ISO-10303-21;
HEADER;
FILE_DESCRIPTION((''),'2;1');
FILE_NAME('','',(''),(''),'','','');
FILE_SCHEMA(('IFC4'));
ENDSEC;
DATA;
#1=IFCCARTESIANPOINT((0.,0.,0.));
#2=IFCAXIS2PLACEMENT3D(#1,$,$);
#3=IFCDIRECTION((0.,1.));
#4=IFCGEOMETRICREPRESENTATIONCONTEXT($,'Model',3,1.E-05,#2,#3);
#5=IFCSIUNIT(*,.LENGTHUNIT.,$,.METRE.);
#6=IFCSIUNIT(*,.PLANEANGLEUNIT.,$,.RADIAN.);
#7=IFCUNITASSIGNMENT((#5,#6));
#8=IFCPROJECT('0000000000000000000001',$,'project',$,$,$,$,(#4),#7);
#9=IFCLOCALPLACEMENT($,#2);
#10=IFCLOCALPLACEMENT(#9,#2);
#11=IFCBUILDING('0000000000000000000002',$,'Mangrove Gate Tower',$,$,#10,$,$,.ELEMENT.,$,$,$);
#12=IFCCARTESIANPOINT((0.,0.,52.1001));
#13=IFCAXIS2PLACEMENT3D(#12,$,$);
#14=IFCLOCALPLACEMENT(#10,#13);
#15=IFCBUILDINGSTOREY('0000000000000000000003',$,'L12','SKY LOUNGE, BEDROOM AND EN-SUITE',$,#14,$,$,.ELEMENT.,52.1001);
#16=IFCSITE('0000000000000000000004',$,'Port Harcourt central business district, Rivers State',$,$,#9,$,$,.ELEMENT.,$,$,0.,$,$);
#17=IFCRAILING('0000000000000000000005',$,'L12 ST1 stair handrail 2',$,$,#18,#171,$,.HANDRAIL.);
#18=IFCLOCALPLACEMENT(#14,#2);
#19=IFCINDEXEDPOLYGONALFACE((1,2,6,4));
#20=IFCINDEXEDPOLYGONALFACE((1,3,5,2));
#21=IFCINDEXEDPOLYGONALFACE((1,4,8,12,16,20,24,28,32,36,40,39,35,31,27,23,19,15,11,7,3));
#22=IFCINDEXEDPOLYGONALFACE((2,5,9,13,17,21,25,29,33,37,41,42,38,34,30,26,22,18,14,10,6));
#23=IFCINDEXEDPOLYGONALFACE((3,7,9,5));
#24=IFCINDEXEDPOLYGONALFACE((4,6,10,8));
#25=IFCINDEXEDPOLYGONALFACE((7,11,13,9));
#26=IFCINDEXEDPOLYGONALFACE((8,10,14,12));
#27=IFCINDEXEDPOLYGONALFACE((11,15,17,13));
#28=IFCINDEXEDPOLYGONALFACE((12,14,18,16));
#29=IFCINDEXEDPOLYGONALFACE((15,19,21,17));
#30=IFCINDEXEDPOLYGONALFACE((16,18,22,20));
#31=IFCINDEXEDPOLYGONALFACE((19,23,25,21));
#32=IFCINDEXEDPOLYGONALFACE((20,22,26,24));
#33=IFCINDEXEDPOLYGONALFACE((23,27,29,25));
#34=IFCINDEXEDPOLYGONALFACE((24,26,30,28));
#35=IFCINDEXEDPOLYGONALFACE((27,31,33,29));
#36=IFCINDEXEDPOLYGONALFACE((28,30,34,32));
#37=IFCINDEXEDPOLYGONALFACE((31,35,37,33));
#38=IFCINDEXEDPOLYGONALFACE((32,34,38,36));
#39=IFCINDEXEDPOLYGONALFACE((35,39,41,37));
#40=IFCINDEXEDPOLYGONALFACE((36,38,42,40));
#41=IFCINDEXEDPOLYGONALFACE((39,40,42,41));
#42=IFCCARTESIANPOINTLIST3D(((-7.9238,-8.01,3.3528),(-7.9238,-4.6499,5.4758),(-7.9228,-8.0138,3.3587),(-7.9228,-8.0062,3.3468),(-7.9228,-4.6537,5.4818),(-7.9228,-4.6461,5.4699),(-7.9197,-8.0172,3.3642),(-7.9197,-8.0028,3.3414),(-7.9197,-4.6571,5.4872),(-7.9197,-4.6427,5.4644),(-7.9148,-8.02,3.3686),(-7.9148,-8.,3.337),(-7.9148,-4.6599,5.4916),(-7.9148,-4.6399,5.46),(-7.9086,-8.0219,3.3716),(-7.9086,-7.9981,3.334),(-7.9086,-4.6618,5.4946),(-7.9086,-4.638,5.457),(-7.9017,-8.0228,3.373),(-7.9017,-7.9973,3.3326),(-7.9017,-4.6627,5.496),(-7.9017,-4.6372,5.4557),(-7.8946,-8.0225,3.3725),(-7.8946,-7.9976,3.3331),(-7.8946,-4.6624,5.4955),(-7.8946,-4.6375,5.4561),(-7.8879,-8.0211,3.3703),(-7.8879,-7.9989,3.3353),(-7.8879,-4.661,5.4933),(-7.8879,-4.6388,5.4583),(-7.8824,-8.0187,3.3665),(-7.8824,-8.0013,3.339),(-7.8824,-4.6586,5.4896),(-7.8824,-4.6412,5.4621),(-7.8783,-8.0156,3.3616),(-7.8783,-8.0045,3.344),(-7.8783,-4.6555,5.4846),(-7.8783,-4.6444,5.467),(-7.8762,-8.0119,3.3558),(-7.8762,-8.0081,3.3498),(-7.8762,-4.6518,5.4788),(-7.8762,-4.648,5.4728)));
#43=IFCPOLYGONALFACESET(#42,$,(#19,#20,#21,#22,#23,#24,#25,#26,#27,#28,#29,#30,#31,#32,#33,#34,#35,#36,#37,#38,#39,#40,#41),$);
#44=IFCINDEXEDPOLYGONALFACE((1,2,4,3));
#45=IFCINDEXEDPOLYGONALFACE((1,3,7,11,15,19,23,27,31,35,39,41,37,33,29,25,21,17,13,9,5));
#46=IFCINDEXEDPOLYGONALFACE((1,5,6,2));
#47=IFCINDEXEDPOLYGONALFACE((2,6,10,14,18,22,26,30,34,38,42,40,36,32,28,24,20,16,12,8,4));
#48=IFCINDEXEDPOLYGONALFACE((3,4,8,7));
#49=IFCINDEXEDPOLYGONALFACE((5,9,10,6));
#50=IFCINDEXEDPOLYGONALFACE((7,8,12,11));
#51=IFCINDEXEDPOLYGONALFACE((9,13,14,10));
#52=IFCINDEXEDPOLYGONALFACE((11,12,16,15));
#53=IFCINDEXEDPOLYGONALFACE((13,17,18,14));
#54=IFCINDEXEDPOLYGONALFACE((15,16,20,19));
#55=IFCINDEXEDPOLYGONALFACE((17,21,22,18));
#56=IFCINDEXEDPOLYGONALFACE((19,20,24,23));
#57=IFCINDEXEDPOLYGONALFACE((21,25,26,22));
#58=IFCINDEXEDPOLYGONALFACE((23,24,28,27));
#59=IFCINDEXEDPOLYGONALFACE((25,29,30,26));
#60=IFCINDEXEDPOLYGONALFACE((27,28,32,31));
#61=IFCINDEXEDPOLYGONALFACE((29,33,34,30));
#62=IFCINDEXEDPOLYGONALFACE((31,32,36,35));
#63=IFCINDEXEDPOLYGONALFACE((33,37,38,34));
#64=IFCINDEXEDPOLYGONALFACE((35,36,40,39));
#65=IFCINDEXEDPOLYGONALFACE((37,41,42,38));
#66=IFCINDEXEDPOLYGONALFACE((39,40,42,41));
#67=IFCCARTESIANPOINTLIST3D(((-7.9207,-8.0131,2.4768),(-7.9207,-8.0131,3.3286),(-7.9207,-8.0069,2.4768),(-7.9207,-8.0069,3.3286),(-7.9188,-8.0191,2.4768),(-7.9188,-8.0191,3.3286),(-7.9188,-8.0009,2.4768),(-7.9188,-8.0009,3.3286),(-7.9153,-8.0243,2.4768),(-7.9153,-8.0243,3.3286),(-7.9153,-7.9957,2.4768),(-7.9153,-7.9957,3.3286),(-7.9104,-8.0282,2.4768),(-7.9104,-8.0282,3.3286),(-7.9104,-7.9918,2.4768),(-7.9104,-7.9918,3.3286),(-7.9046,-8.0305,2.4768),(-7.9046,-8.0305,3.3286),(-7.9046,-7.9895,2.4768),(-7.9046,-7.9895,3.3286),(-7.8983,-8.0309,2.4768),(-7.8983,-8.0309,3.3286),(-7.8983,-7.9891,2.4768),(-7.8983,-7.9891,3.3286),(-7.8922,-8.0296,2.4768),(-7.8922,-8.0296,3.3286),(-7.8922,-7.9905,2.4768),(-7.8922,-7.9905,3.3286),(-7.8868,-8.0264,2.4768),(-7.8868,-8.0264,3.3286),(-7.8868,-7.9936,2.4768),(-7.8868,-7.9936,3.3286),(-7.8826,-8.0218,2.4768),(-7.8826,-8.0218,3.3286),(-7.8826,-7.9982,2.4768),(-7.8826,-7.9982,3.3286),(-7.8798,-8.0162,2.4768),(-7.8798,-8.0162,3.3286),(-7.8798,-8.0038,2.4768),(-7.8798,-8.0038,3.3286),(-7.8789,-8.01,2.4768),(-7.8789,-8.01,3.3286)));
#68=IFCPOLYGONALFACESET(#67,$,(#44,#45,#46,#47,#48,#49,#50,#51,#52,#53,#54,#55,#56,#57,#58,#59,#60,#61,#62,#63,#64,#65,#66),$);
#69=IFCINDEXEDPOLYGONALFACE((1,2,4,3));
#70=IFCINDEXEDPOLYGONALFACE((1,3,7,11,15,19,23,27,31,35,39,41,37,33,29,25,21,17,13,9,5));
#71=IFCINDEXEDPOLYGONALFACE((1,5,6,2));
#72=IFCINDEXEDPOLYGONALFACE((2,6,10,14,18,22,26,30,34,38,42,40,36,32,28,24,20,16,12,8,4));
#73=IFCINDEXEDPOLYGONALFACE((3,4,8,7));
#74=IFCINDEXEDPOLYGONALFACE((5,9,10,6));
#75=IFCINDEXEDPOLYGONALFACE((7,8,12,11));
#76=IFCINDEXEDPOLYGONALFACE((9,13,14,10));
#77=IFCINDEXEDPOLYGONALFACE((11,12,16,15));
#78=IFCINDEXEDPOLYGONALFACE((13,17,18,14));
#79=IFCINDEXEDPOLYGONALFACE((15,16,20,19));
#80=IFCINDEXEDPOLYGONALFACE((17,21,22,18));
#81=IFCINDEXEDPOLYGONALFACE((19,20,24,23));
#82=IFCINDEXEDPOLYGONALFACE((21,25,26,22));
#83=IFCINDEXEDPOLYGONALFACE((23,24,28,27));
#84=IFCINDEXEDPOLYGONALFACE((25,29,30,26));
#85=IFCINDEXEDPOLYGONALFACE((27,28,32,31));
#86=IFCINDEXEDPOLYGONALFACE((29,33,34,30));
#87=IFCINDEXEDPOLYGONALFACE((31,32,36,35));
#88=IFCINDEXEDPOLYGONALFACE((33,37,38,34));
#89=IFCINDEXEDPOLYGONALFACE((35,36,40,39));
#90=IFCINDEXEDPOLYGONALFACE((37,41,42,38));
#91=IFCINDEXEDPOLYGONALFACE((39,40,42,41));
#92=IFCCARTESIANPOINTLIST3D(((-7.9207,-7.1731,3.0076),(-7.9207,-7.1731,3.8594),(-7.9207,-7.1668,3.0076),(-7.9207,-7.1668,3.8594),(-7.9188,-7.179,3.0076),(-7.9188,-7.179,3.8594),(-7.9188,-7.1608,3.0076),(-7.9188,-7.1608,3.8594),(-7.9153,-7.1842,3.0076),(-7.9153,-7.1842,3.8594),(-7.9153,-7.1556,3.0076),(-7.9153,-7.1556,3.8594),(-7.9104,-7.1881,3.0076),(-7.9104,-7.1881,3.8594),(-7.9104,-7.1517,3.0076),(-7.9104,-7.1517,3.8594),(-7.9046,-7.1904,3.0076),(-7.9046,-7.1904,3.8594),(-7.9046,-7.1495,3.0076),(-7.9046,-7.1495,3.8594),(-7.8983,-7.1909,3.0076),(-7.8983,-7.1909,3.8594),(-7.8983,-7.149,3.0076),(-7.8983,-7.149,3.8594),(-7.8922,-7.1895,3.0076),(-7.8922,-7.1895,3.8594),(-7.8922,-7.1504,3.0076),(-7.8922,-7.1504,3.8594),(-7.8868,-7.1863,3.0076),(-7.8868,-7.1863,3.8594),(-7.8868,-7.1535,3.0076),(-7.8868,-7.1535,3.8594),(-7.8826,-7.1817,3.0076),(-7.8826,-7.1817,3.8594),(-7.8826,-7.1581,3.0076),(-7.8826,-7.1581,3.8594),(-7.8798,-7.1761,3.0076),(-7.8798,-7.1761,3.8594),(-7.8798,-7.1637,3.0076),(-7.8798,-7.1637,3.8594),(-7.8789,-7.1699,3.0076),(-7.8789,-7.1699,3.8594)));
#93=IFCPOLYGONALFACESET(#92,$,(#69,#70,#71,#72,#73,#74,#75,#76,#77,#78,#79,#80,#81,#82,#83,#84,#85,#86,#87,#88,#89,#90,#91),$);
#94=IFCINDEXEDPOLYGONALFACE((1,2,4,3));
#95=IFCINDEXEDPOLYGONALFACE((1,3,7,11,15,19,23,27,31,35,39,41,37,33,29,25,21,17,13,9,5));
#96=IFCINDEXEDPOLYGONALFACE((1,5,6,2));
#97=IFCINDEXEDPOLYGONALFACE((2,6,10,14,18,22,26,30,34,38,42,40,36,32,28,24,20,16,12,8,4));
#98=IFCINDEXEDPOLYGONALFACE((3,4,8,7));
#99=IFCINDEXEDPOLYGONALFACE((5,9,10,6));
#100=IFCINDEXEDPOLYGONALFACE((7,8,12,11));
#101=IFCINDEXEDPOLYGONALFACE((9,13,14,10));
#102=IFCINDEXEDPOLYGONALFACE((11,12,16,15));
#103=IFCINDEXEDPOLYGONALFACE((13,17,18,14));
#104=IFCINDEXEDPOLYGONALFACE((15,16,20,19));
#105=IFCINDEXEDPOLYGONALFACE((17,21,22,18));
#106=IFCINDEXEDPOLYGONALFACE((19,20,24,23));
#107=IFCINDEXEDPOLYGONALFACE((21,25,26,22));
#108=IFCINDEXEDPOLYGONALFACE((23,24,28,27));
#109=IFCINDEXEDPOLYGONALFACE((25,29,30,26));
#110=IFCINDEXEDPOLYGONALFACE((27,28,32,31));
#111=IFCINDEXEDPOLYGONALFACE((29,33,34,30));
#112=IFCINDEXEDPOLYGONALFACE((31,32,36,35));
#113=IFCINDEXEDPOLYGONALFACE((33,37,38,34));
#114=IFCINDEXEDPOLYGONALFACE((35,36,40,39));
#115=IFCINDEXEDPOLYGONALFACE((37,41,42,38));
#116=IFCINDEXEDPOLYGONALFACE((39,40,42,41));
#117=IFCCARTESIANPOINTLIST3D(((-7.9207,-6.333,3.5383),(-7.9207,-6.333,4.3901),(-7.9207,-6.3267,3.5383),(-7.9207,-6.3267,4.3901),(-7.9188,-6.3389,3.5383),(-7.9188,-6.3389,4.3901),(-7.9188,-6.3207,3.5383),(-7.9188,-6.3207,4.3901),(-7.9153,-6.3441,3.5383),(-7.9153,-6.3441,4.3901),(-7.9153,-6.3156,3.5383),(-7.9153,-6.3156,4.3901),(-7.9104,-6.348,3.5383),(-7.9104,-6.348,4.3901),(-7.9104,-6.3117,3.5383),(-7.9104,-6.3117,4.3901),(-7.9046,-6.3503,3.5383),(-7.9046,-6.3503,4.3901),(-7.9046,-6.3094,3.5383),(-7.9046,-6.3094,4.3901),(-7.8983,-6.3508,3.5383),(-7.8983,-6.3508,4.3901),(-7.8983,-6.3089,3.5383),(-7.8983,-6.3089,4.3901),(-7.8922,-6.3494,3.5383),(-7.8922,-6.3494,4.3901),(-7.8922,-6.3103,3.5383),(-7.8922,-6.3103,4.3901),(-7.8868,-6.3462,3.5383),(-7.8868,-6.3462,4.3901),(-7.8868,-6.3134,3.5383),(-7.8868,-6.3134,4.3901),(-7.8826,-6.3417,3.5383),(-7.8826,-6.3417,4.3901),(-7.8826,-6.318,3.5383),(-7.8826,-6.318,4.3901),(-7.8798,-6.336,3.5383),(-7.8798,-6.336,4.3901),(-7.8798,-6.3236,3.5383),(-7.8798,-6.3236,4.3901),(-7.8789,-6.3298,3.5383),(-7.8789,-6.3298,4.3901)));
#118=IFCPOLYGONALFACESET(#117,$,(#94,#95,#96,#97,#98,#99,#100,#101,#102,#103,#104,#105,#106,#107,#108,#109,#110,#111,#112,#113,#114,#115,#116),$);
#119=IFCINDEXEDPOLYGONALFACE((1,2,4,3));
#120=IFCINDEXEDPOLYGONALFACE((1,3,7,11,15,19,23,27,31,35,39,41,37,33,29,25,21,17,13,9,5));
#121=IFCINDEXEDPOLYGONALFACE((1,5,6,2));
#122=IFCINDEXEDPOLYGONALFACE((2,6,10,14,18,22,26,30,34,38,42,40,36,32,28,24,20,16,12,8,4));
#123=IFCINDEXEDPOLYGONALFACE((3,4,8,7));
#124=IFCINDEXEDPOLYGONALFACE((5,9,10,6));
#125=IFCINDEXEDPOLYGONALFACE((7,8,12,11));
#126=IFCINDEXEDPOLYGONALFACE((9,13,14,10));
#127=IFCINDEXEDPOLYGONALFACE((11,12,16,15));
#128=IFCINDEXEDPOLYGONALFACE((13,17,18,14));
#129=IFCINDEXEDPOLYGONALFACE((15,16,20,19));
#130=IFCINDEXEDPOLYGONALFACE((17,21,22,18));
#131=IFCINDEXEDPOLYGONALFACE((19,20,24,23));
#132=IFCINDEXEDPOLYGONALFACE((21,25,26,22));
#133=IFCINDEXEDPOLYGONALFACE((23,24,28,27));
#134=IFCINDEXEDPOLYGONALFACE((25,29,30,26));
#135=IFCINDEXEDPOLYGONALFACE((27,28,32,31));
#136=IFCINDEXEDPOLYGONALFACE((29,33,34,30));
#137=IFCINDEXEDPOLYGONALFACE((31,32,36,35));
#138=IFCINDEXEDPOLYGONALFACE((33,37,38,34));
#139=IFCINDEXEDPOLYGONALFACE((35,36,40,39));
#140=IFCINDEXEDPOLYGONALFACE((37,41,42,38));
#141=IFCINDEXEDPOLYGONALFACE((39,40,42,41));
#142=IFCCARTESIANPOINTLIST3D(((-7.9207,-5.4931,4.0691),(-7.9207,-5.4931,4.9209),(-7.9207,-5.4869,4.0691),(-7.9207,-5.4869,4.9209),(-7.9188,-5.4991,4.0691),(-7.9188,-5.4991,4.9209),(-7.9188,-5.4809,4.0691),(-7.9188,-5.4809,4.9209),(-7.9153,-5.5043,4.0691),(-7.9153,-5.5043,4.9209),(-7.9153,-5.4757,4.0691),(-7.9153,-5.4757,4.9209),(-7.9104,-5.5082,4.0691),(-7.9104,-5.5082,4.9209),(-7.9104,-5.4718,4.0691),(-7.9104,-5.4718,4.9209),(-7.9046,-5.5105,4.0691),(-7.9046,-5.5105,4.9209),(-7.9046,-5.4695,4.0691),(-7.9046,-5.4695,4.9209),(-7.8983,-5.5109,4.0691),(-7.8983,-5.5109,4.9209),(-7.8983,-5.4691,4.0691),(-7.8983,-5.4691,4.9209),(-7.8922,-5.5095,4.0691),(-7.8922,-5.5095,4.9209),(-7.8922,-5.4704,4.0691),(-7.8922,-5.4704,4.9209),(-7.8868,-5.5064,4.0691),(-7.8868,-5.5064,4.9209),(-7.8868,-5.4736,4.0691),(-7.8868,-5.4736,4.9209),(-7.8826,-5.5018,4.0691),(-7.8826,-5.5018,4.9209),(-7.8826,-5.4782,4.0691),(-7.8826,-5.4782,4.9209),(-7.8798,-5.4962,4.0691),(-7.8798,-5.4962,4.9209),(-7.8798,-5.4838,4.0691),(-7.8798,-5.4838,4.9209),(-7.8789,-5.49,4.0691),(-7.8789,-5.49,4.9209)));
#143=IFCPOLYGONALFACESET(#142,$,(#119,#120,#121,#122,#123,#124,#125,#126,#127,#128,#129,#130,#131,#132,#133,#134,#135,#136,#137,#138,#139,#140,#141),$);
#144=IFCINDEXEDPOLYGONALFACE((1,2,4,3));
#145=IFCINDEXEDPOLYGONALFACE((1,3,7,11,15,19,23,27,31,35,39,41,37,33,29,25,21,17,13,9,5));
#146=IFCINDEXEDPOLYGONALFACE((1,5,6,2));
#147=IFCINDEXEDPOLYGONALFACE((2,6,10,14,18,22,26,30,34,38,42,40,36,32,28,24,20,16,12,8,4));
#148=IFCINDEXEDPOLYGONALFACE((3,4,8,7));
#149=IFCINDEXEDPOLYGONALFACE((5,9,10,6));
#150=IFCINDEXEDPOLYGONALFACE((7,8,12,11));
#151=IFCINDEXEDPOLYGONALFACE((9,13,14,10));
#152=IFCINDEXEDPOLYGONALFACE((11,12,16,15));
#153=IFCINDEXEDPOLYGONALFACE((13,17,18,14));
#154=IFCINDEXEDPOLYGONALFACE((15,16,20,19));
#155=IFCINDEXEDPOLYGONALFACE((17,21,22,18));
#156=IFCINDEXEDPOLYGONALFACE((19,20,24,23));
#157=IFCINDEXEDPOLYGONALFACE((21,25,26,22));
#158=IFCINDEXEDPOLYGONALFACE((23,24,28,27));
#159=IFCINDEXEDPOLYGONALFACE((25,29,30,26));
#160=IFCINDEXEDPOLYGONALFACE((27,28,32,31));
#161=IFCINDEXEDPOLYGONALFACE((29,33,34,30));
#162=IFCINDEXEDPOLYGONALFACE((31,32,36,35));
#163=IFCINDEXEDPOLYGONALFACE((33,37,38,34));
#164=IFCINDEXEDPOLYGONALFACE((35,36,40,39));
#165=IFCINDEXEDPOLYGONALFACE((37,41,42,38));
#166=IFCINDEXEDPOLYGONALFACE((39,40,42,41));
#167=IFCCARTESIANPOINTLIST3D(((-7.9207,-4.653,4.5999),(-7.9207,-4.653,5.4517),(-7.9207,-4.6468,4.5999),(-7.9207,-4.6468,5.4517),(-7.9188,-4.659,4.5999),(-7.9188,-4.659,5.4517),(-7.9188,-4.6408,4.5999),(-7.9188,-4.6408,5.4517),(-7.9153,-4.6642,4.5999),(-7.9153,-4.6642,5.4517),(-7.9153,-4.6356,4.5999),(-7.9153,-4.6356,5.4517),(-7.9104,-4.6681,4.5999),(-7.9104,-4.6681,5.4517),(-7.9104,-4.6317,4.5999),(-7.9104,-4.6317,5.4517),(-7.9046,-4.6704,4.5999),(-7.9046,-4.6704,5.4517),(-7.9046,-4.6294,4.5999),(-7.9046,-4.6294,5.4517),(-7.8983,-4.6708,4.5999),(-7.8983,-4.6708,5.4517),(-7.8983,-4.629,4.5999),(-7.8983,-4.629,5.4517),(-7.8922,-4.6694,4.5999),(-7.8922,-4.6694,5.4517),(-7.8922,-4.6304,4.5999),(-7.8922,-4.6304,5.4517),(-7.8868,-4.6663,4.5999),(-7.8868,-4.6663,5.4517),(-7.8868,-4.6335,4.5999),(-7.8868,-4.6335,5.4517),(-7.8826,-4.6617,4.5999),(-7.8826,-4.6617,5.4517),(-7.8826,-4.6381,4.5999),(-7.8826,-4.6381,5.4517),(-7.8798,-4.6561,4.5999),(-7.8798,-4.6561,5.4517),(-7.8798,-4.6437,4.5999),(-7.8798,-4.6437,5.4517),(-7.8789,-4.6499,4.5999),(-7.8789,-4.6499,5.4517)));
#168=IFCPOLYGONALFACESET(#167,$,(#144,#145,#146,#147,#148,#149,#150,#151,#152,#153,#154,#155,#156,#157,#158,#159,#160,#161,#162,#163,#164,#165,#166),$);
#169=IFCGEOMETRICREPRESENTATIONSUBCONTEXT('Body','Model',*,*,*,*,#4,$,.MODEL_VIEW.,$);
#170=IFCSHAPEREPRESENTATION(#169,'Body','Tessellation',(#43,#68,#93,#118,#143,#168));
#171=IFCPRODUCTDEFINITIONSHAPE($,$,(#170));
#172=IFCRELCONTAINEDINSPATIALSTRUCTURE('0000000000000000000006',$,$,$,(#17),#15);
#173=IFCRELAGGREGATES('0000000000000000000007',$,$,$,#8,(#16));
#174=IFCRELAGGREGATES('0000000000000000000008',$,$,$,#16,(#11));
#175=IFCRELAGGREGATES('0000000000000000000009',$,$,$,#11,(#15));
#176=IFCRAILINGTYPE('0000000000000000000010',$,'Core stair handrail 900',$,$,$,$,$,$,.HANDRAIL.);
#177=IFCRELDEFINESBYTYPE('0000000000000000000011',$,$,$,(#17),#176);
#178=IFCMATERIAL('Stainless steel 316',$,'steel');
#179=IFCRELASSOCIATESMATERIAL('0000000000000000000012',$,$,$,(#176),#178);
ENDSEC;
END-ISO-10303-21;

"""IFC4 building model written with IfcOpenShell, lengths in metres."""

from ifc_helpers import new_model, si_unit, direction, frame, origin, origin_2d, place, context, subcontext, project, spatial, circle, extrude, material, type_object, element, save


model = new_model("IFC4")

# Units and contexts
model_context = context("Model", 3, precision=1e-05, world=origin(), true_north=direction((0.0, 1.0)))
body_context = subcontext(model_context, "Body", "Model", "MODEL_VIEW")
ifc_project = project(units=[si_unit("LENGTHUNIT", "METRE"), si_unit("PLANEANGLEUNIT", "RADIAN")], contexts=[model_context])

# Site, building, storey
site_placement = place(None, origin())
site = spatial("IfcSite", under=ifc_project, at=site_placement, Name="Port Harcourt central business district, Rivers State", CompositionType="ELEMENT", RefElevation=0.0)
building_placement = place(site_placement, origin())
building = spatial("IfcBuilding", under=site, at=building_placement, Name="Mangrove Gate Tower", CompositionType="ELEMENT")
storey_placement = place(building_placement, frame((0.0, 0.0, 52.1001)))
storey = spatial("IfcBuildingStorey", under=building, at=storey_placement, Name="L12", Description="SKY LOUNGE, BEDROOM AND EN-SUITE", CompositionType="ELEMENT", Elevation=52.1001)

# Railing
ifc_material_1 = material(Name="Stainless steel 316", Category="steel")
railing_type_1 = type_object("IfcRailingType", Name="Core stair handrail 900", PredefinedType="HANDRAIL", material=ifc_material_1)
railing_1_placement = place(storey_placement, frame((-7.8999, -8.01, 2.4768)))
element("IfcRailing", 1, at=railing_1_placement, inside=storey, type_object=railing_type_1, Name="L12 ST1 stair handrail 2", PredefinedType="HANDRAIL", context=body_context, shape_type="SweptSolid", body=[
    extrude(circle(Radius=0.0239, at=origin_2d()), frame((0.0, 0.0, 0.876), z_axis=(0.0, 0.84539, 0.53415), x_axis=(-1.0, 0.0, 0.0)), (0.0, 0.0, 1.0), 3.9746),
    extrude(circle(Radius=0.021, at=origin_2d()), origin(), (0.0, 0.0, 1.0), 0.8518),
    extrude(circle(Radius=0.021, at=origin_2d()), frame((0.0, 0.8401, 0.5308)), (0.0, 0.0, 1.0), 0.8518),
    extrude(circle(Radius=0.021, at=origin_2d()), frame((0.0, 1.6802, 1.0615)), (0.0, 0.0, 1.0), 0.8518),
    extrude(circle(Radius=0.021, at=origin_2d()), frame((0.0, 2.52, 1.5923)), (0.0, 0.0, 1.0), 0.8518),
    extrude(circle(Radius=0.021, at=origin_2d()), frame((0.0, 3.3601, 2.123)), (0.0, 0.0, 1.0), 0.8518),
])

save(model, "model.ifc")
